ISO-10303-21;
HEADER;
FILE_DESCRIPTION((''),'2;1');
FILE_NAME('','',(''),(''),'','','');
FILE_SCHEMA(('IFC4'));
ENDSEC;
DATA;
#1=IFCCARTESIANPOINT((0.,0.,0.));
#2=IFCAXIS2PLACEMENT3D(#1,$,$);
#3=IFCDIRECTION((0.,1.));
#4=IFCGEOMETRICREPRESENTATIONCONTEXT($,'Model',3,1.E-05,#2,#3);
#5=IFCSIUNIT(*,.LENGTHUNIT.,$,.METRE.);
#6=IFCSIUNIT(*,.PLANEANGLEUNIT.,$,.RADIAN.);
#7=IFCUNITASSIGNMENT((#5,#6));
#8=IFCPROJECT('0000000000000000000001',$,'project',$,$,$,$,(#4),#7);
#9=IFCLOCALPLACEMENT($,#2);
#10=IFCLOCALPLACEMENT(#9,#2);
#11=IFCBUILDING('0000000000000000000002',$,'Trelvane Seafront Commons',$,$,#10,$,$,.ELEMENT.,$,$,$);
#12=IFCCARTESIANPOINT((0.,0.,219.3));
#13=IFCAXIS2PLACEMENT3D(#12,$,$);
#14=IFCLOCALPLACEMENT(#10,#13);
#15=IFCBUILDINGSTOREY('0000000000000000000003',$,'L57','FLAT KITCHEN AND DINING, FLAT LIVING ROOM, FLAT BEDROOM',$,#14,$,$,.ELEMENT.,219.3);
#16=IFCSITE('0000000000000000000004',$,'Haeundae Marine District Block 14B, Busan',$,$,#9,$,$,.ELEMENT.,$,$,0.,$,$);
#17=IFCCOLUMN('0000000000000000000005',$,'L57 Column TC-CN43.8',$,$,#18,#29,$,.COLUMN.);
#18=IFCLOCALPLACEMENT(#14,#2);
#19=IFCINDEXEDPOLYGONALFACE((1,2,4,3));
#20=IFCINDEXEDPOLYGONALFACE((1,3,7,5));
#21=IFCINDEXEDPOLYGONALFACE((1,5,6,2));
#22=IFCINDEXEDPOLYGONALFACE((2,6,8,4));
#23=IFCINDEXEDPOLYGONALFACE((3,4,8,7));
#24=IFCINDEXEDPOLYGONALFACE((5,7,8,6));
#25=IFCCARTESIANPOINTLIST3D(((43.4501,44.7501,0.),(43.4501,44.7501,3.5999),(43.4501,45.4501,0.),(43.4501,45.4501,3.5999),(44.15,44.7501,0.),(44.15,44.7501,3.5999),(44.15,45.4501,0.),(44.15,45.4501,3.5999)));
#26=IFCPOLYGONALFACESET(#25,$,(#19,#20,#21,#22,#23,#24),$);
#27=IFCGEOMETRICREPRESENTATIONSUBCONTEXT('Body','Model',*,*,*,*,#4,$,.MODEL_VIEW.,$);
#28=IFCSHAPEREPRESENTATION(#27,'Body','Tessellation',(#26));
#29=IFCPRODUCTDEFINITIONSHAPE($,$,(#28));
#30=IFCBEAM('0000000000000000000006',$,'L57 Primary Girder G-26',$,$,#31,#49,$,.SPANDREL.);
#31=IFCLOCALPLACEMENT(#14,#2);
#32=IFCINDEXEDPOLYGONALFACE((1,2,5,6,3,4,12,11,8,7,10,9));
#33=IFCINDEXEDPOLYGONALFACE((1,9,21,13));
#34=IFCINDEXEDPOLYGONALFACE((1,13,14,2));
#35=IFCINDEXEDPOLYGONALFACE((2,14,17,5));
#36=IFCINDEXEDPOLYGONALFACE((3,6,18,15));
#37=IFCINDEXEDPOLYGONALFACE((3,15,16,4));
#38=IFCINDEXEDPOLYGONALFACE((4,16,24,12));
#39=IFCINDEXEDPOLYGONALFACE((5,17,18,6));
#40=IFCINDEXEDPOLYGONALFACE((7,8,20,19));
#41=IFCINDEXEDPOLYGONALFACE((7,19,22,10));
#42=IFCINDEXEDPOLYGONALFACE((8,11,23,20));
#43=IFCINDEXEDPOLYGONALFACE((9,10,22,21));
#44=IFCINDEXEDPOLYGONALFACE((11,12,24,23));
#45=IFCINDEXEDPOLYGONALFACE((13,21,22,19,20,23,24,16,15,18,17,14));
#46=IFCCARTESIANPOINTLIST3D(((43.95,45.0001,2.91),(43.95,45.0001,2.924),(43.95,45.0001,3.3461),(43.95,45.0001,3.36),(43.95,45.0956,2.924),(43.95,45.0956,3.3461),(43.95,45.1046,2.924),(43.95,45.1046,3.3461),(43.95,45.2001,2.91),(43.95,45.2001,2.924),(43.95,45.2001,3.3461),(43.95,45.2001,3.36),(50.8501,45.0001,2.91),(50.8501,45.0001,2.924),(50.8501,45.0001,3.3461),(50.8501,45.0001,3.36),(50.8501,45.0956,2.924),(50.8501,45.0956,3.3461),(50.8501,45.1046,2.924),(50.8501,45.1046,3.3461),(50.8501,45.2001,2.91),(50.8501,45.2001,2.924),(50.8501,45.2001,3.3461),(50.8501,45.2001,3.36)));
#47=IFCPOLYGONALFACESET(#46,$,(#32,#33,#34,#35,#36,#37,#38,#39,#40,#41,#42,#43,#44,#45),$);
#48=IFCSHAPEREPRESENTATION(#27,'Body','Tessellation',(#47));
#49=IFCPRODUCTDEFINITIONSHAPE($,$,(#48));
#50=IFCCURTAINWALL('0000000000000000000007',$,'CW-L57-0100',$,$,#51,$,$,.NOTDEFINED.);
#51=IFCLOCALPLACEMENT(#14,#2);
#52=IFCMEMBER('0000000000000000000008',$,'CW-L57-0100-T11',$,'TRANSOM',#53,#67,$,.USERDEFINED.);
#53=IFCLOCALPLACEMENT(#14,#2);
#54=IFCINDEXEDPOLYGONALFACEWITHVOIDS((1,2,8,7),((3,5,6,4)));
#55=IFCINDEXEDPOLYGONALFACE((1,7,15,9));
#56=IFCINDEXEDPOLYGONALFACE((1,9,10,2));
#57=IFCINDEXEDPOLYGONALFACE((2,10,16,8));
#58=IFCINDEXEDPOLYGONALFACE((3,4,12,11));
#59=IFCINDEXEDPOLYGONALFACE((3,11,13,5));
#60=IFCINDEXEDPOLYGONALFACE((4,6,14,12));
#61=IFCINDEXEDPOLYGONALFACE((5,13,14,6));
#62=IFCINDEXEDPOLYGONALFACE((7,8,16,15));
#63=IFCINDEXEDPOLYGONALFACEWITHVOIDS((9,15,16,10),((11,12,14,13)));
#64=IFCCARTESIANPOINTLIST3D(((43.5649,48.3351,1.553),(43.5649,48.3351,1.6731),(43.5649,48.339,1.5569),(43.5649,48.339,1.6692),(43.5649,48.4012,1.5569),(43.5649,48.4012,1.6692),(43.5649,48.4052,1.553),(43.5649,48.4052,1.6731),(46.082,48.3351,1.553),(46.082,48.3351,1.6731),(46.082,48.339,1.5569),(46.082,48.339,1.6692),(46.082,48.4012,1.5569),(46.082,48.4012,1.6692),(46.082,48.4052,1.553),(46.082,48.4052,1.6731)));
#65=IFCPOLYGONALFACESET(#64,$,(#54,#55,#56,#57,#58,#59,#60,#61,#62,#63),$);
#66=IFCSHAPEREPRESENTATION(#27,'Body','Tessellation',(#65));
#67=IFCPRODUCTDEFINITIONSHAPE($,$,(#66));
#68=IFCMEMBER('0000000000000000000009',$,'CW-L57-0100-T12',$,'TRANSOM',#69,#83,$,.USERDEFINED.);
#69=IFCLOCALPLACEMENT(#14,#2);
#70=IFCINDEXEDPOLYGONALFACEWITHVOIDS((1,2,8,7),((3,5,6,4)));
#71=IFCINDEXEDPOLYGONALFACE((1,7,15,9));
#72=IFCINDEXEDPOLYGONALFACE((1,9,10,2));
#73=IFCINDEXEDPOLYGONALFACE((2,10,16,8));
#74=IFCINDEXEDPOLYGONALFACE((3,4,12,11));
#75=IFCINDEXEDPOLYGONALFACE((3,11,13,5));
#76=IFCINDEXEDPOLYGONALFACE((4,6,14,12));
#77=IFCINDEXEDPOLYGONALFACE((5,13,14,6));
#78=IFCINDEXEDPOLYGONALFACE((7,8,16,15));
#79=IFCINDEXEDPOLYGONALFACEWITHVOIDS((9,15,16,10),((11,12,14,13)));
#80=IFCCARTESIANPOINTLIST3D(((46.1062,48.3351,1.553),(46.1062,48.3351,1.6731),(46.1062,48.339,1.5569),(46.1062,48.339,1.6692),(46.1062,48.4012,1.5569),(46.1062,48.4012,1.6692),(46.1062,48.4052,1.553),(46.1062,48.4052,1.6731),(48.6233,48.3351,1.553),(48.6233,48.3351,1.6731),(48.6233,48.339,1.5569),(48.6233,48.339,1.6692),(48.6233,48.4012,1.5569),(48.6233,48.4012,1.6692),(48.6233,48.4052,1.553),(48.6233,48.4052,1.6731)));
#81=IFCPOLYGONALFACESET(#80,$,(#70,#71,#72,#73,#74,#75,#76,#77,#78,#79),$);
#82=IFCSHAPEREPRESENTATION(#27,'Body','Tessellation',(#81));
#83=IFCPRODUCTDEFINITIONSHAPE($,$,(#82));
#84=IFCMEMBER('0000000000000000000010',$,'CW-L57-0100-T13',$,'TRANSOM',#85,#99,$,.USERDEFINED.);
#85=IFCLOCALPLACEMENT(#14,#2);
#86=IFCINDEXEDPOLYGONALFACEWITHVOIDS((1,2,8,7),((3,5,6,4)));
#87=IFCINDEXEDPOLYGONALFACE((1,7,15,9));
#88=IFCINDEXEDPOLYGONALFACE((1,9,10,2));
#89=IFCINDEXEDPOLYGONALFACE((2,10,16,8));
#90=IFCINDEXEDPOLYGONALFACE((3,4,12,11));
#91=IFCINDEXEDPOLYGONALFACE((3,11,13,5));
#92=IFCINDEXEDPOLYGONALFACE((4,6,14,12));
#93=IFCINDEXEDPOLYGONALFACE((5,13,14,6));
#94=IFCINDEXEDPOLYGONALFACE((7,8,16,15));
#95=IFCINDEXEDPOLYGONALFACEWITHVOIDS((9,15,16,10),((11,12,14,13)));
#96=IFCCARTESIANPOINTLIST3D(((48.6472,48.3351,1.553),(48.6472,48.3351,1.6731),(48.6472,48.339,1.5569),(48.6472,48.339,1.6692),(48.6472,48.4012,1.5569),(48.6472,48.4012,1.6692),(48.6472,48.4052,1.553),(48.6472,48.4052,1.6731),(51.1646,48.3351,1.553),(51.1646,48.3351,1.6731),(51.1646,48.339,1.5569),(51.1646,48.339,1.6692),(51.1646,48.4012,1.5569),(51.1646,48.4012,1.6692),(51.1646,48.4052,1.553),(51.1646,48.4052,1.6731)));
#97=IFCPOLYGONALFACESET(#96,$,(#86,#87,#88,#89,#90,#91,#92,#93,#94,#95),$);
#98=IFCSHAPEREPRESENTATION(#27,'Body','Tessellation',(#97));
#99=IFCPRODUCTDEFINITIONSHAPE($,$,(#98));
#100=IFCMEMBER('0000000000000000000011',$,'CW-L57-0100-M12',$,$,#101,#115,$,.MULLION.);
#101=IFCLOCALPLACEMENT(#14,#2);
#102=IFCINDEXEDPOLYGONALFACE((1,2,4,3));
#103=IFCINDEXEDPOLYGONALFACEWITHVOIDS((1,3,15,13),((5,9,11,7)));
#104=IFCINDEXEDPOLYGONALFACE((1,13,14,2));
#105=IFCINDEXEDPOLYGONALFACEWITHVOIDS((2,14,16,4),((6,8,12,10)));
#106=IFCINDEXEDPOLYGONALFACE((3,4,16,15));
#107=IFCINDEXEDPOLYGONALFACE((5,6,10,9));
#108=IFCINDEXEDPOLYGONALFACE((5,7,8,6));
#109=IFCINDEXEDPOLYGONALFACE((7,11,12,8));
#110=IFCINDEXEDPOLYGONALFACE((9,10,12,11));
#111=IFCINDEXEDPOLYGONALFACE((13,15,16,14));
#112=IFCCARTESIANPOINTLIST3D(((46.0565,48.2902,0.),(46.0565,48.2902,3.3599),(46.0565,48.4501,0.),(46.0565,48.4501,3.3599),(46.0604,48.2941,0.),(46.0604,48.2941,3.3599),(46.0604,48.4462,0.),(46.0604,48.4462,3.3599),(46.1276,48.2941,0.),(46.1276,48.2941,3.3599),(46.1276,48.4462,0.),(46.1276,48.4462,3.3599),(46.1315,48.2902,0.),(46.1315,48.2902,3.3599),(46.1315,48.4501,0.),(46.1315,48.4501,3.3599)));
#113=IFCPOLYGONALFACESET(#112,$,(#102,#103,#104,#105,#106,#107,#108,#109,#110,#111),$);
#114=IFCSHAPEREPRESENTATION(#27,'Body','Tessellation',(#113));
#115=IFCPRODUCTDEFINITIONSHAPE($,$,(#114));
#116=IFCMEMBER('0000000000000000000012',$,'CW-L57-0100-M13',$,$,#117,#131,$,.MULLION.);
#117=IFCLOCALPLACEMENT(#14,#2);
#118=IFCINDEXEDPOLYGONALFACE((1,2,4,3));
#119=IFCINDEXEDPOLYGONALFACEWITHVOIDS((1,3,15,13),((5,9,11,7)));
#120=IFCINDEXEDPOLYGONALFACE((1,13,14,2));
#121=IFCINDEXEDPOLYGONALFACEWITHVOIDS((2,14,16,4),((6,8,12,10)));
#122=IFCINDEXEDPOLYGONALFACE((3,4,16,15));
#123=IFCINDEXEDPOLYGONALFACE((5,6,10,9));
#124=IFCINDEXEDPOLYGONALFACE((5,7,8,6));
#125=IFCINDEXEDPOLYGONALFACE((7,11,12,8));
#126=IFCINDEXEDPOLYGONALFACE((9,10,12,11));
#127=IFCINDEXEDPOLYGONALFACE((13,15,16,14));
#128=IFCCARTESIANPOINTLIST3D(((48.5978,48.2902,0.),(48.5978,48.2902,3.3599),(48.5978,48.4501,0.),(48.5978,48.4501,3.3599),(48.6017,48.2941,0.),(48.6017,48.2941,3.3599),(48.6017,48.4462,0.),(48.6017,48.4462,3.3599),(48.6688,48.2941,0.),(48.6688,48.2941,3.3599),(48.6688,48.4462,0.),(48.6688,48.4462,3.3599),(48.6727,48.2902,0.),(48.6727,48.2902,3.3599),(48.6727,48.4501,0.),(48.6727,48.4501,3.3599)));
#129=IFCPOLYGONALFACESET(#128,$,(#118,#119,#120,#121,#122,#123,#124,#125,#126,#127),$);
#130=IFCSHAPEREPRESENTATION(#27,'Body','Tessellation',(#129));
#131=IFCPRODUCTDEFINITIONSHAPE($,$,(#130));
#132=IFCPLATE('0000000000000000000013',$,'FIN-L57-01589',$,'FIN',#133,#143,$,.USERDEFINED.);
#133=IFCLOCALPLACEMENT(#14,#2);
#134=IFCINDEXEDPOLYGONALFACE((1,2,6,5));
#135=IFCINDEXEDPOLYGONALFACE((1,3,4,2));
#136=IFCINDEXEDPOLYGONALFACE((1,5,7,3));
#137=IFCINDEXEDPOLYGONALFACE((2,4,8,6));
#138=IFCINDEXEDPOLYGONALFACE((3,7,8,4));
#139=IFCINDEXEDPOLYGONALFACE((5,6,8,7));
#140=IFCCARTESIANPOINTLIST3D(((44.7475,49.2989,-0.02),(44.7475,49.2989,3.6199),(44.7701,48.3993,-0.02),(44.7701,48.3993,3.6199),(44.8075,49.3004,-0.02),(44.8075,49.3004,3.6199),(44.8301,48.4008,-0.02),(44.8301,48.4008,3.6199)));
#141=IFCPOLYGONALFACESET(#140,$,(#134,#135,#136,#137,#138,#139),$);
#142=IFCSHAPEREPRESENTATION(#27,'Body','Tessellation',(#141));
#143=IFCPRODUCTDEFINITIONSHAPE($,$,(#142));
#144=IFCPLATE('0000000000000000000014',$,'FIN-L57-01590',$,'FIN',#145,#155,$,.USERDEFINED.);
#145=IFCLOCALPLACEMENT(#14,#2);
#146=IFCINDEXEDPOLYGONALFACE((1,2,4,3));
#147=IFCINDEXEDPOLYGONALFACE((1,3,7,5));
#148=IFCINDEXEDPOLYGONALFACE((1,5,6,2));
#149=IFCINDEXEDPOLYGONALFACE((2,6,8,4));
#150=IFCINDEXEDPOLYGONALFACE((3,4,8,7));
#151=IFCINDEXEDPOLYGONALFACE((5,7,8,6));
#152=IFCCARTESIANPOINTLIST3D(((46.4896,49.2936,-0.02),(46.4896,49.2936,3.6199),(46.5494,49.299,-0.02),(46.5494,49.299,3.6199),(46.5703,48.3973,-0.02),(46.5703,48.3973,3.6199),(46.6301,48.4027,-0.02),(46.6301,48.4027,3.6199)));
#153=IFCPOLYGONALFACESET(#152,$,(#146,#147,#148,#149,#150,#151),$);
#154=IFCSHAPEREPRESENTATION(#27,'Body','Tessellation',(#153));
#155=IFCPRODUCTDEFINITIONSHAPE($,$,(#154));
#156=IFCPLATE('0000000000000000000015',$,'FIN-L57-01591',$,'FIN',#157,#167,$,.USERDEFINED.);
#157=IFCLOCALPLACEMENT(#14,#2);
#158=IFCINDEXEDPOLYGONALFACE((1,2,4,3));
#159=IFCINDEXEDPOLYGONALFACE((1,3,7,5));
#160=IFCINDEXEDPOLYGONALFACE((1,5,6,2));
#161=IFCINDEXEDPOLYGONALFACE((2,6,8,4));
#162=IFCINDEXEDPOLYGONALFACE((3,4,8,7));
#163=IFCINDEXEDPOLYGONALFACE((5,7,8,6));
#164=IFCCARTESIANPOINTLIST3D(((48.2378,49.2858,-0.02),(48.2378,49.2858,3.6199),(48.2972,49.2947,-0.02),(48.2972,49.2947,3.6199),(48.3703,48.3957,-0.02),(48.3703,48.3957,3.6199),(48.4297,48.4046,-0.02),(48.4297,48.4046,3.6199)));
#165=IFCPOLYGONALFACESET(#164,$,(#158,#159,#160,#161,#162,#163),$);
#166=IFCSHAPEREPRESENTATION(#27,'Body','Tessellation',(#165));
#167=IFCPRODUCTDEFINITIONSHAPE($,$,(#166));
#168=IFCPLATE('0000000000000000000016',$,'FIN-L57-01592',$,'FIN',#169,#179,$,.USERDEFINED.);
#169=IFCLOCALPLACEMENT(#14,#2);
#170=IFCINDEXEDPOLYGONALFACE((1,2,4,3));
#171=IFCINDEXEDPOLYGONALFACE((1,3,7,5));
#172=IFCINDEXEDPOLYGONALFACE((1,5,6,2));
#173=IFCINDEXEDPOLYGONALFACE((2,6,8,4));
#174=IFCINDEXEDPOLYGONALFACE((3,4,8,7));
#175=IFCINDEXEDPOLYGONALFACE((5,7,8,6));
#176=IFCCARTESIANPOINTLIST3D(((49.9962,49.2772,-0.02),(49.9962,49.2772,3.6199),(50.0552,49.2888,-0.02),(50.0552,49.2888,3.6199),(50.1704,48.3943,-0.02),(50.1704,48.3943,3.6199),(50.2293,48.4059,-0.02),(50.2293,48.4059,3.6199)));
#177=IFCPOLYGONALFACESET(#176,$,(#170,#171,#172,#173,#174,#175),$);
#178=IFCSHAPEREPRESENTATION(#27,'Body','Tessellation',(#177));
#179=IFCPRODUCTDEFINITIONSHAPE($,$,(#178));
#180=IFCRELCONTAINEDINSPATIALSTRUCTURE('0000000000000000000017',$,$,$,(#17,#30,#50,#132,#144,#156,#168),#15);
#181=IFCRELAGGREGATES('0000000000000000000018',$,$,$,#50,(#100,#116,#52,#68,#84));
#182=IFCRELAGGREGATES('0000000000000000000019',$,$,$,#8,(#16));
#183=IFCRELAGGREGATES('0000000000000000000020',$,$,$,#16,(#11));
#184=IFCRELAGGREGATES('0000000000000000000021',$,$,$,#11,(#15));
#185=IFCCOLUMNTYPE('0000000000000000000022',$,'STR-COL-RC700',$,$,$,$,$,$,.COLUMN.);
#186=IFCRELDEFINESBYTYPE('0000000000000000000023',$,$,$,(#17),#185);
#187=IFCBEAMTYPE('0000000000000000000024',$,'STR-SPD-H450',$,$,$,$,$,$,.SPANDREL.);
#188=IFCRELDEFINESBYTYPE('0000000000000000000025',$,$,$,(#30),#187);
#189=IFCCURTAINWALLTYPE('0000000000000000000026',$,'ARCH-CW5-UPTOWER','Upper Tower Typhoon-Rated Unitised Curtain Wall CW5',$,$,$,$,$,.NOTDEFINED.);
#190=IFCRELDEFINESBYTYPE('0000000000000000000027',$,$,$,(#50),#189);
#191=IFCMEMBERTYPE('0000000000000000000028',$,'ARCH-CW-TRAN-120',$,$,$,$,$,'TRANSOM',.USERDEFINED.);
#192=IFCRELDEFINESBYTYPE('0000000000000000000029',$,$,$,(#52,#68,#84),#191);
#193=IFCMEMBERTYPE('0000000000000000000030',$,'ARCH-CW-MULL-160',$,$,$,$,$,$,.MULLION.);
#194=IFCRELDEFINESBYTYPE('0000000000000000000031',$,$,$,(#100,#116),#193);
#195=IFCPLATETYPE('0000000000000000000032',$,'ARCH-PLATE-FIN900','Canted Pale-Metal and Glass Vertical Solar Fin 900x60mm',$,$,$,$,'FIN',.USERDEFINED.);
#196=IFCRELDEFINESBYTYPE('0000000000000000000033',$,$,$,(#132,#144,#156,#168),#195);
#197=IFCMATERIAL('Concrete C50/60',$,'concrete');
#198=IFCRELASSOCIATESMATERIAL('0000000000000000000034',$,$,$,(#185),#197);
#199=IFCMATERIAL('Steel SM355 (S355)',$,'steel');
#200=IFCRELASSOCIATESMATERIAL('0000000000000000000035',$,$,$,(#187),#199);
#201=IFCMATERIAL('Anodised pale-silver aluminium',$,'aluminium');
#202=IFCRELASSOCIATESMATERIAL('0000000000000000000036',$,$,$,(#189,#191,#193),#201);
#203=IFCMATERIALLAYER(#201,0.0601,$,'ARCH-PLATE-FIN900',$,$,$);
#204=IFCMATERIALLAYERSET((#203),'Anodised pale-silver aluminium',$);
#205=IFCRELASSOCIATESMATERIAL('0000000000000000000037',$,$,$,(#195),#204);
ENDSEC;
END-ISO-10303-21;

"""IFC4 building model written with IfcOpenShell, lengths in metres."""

from ifc_helpers import new_model, si_unit, direction, frame, origin, origin_2d, place, context, subcontext, project, spatial, rectangle, hollow_rectangle, i_section, extrude, source, transform, mapped, material, layer, layer_set, material_profile, profile_set, type_object, element, aggregate, save


model = new_model("IFC4")

# Units and contexts
model_context = context("Model", 3, precision=1e-05, world=origin(), true_north=direction((0.0, 1.0)))
body_context = subcontext(model_context, "Body", "Model", "MODEL_VIEW")
ifc_project = project(units=[si_unit("LENGTHUNIT", "METRE"), si_unit("PLANEANGLEUNIT", "RADIAN")], contexts=[model_context])

# Site, building, storey
site_placement = place(None, origin())
site = spatial("IfcSite", under=ifc_project, at=site_placement, Name="Haeundae Marine District Block 14B, Busan", CompositionType="ELEMENT", RefElevation=0.0)
building_placement = place(site_placement, origin())
building = spatial("IfcBuilding", under=site, at=building_placement, Name="Trelvane Seafront Commons", CompositionType="ELEMENT")
storey_placement = place(building_placement, frame((0.0, 0.0, 219.3)))
storey = spatial("IfcBuildingStorey", under=building, at=storey_placement, Name="L57", Description="FLAT KITCHEN AND DINING, FLAT LIVING ROOM, FLAT BEDROOM", CompositionType="ELEMENT", Elevation=219.3)

# Column
ifc_material_1 = material(Name="Concrete C50/60", Category="concrete")
ifc_material_profile_1 = material_profile(ifc_material_1, rectangle(XDim=0.7, YDim=0.7, at=origin_2d()), Name="RC-700x700")
ifc_profile_set_1 = profile_set([ifc_material_profile_1], Name="Concrete C50/60")
column_type = type_object("IfcColumnType", Name="STR-COL-RC700", PredefinedType="COLUMN", material=ifc_profile_set_1)
shared_shape_1 = source(origin(), body_context, "Body", "SweptSolid", [
    extrude(rectangle(XDim=0.7, YDim=0.7, at=origin_2d()), origin(), (0.0, 0.0, 1.0), 3.5999),
])
column_placement = place(storey_placement, frame((43.8, 45.1001, 0.0), z_axis=(0.0, 0.0, 1.0), x_axis=(1.0, 0.0, 0.0)))
element("IfcColumn", 1, at=column_placement, inside=storey, type_object=column_type, Name="L57 Column TC-CN43.8", PredefinedType="COLUMN", context=body_context, shape_type="MappedRepresentation", body=[
    mapped(shared_shape_1, transform((0.0, 0.0, 0.0), x_axis=(1.0, 0.0, 0.0), y_axis=(0.0, 1.0, 0.0), z_axis=(0.0, 0.0, 1.0), scale=1.0)),
])

# Beam
ifc_material_2 = material(Name="Steel SM355 (S355)", Category="steel")
ifc_material_profile_2 = material_profile(ifc_material_2, i_section(OverallWidth=0.2, OverallDepth=0.45, WebThickness=0.009, FlangeThickness=0.0139, at=origin_2d()), Name="H-450x200x9x14")
ifc_profile_set_2 = profile_set([ifc_material_profile_2], Name="Steel SM355 (S355)")
beam_type = type_object("IfcBeamType", Name="STR-SPD-H450", PredefinedType="SPANDREL", material=ifc_profile_set_2)
shared_shape_2 = source(origin(), body_context, "Body", "SweptSolid", [
    extrude(i_section(OverallWidth=0.2, OverallDepth=0.45, WebThickness=0.009, FlangeThickness=0.0139, at=origin_2d()), origin(), (0.0, 0.0, 1.0), 6.9001),
])
beam_placement = place(storey_placement, frame((43.95, 45.1001, 3.135), z_axis=(1.0, 0.0, 0.0), x_axis=(0.0, 1.0, 0.0)))
element("IfcBeam", 2, at=beam_placement, inside=storey, type_object=beam_type, Name="L57 Primary Girder G-26", PredefinedType="SPANDREL", context=body_context, shape_type="MappedRepresentation", body=[
    mapped(shared_shape_2, transform((0.0, 0.0, 0.0), x_axis=(1.0, 0.0, 0.0), y_axis=(0.0, 1.0, 0.0), z_axis=(0.0, 0.0, 1.0), scale=1.0)),
])

# Curtain wall, members
ifc_material_3 = material(Name="Anodised pale-silver aluminium", Category="aluminium")
curtain_wall_type = type_object("IfcCurtainWallType", Name="ARCH-CW5-UPTOWER", Description="Upper Tower Typhoon-Rated Unitised Curtain Wall CW5", PredefinedType="NOTDEFINED", material=ifc_material_3)
curtain_wall_placement = place(storey_placement, origin())
curtain_wall = element("IfcCurtainWall", 3, at=curtain_wall_placement, inside=storey, type_object=curtain_wall_type, Name="CW-L57-0100", PredefinedType="NOTDEFINED")
ifc_material_profile_3 = material_profile(ifc_material_3, hollow_rectangle(XDim=0.0701, YDim=0.1201, WallThickness=0.0039, at=origin_2d()), Name="TRAN-70x120x4")
ifc_profile_set_3 = profile_set([ifc_material_profile_3], Name="Anodised pale-silver aluminium")
member_type_1 = type_object("IfcMemberType", Name="ARCH-CW-TRAN-120", ElementType="TRANSOM", PredefinedType="USERDEFINED", material=ifc_profile_set_3)
shared_shape_3 = source(origin(), body_context, "Body", "SweptSolid", [
    extrude(hollow_rectangle(XDim=0.0701, YDim=0.1201, WallThickness=0.0039, at=origin_2d()), origin(), (0.0, 0.0, 1.0), 2.5171),
])
member_1_placement = place(storey_placement, frame((43.5649, 48.3701, 1.613), z_axis=(1.0, 0.0, 0.0), x_axis=(0.0, 1.0, 0.0)))
member_1 = element("IfcMember", 4, at=member_1_placement, type_object=member_type_1, Name="CW-L57-0100-T11", ObjectType="TRANSOM", PredefinedType="USERDEFINED", context=body_context, shape_type="MappedRepresentation", body=[
    mapped(shared_shape_3, transform((0.0, 0.0, 0.0), x_axis=(1.0, 0.0, 0.0), y_axis=(0.0, 1.0, 0.0), z_axis=(0.0, 0.0, 1.0), scale=1.0)),
])
member_2_placement = place(storey_placement, frame((46.1062, 48.3701, 1.613), z_axis=(1.0, 0.0, 0.0), x_axis=(0.0, 1.0, 0.0)))
member_2 = element("IfcMember", 5, at=member_2_placement, type_object=member_type_1, Name="CW-L57-0100-T12", ObjectType="TRANSOM", PredefinedType="USERDEFINED", context=body_context, shape_type="MappedRepresentation", body=[
    mapped(shared_shape_3, transform((0.0, 0.0, 0.0), x_axis=(1.0, 0.0, 0.0), y_axis=(0.0, 1.0, 0.0), z_axis=(0.0, 0.0, 1.0), scale=1.0)),
])
shared_shape_4 = source(origin(), body_context, "Body", "SweptSolid", [
    extrude(hollow_rectangle(XDim=0.0701, YDim=0.1201, WallThickness=0.0039, at=origin_2d()), origin(), (0.0, 0.0, 1.0), 2.5173),
])
member_3_placement = place(storey_placement, frame((48.6472, 48.3701, 1.613), z_axis=(1.0, 0.0, 0.0), x_axis=(0.0, 1.0, 0.0)))
member_3 = element("IfcMember", 6, at=member_3_placement, type_object=member_type_1, Name="CW-L57-0100-T13", ObjectType="TRANSOM", PredefinedType="USERDEFINED", context=body_context, shape_type="MappedRepresentation", body=[
    mapped(shared_shape_4, transform((0.0, 0.0, 0.0), x_axis=(1.0, 0.0, 0.0), y_axis=(0.0, 1.0, 0.0), z_axis=(0.0, 0.0, 1.0), scale=1.0)),
])
ifc_material_profile_4 = material_profile(ifc_material_3, hollow_rectangle(XDim=0.075, YDim=0.1599, WallThickness=0.0039, at=origin_2d()), Name="MULL-75x160x4")
ifc_profile_set_4 = profile_set([ifc_material_profile_4], Name="Anodised pale-silver aluminium")
member_type_2 = type_object("IfcMemberType", Name="ARCH-CW-MULL-160", PredefinedType="MULLION", material=ifc_profile_set_4)
shared_shape_5 = source(origin(), body_context, "Body", "SweptSolid", [
    extrude(hollow_rectangle(XDim=0.075, YDim=0.1599, WallThickness=0.0039, at=origin_2d()), origin(), (0.0, 0.0, 1.0), 3.3599),
])
member_4_placement = place(storey_placement, frame((46.094, 48.3701, 0.0), z_axis=(0.0, 0.0, 1.0), x_axis=(1.0, 0.0, 0.0)))
member_4 = element("IfcMember", 7, at=member_4_placement, type_object=member_type_2, Name="CW-L57-0100-M12", PredefinedType="MULLION", context=body_context, shape_type="MappedRepresentation", body=[
    mapped(shared_shape_5, transform((0.0, 0.0, 0.0), x_axis=(1.0, 0.0, 0.0), y_axis=(0.0, 1.0, 0.0), z_axis=(0.0, 0.0, 1.0), scale=1.0)),
])
member_5_placement = place(storey_placement, frame((48.6353, 48.3701, 0.0), z_axis=(0.0, 0.0, 1.0), x_axis=(1.0, 0.0, 0.0)))
member_5 = element("IfcMember", 8, at=member_5_placement, type_object=member_type_2, Name="CW-L57-0100-M13", PredefinedType="MULLION", context=body_context, shape_type="MappedRepresentation", body=[
    mapped(shared_shape_5, transform((0.0, 0.0, 0.0), x_axis=(1.0, 0.0, 0.0), y_axis=(0.0, 1.0, 0.0), z_axis=(0.0, 0.0, 1.0), scale=1.0)),
])

# Plates
ifc_layer_1 = layer(ifc_material_3, 0.0601, Name="ARCH-PLATE-FIN900")
ifc_layer_set_1 = layer_set([ifc_layer_1], Name="Anodised pale-silver aluminium")
plate_type_1 = type_object("IfcPlateType", Name="ARCH-PLATE-FIN900", Description="Canted Pale-Metal and Glass Vertical Solar Fin 900x60mm", ElementType="FIN", PredefinedType="USERDEFINED", material=ifc_layer_set_1)
shared_shape_6 = source(origin(), body_context, "Body", "SweptSolid", [
    extrude(rectangle(XDim=0.8999, YDim=0.0601, at=origin_2d()), origin(), (0.0, 0.0, 1.0), 3.6399),
])
for number, where, z_axis, x_axis, name in (
    (9, (44.7888, 48.8499, -0.02), (0.0, 0.0, 1.0), (-0.025111, 0.999685, 0.0), "FIN-L57-01589"),
    (10, (46.5598, 48.8481, -0.02), (0.0, 0.0, 1.0), (-0.089664, 0.995972, 0.0), "FIN-L57-01590"),
    (11, (48.3337, 48.8452, -0.02), (0.0, 0.0, 1.0), (-0.147221, 0.989104, 0.0), "FIN-L57-01591"),
    (12, (50.1128, 48.8416, -0.02), (0.0, 0.0, 1.0), (-0.193551, 0.98109, 0.0), "FIN-L57-01592"),
):
    element("IfcPlate", number, at=place(storey_placement, frame(where, z_axis=z_axis, x_axis=x_axis)), inside=storey, type_object=plate_type_1, Name=name, ObjectType="FIN", PredefinedType="USERDEFINED", context=body_context, shape_type="MappedRepresentation", body=[
        mapped(shared_shape_6, transform((0.0, 0.0, 0.0), x_axis=(1.0, 0.0, 0.0), y_axis=(0.0, 1.0, 0.0), z_axis=(0.0, 0.0, 1.0), scale=1.0)),
    ])

aggregate(curtain_wall, [member_4, member_5, member_1, member_2, member_3])

save(model, "model.ifc")
